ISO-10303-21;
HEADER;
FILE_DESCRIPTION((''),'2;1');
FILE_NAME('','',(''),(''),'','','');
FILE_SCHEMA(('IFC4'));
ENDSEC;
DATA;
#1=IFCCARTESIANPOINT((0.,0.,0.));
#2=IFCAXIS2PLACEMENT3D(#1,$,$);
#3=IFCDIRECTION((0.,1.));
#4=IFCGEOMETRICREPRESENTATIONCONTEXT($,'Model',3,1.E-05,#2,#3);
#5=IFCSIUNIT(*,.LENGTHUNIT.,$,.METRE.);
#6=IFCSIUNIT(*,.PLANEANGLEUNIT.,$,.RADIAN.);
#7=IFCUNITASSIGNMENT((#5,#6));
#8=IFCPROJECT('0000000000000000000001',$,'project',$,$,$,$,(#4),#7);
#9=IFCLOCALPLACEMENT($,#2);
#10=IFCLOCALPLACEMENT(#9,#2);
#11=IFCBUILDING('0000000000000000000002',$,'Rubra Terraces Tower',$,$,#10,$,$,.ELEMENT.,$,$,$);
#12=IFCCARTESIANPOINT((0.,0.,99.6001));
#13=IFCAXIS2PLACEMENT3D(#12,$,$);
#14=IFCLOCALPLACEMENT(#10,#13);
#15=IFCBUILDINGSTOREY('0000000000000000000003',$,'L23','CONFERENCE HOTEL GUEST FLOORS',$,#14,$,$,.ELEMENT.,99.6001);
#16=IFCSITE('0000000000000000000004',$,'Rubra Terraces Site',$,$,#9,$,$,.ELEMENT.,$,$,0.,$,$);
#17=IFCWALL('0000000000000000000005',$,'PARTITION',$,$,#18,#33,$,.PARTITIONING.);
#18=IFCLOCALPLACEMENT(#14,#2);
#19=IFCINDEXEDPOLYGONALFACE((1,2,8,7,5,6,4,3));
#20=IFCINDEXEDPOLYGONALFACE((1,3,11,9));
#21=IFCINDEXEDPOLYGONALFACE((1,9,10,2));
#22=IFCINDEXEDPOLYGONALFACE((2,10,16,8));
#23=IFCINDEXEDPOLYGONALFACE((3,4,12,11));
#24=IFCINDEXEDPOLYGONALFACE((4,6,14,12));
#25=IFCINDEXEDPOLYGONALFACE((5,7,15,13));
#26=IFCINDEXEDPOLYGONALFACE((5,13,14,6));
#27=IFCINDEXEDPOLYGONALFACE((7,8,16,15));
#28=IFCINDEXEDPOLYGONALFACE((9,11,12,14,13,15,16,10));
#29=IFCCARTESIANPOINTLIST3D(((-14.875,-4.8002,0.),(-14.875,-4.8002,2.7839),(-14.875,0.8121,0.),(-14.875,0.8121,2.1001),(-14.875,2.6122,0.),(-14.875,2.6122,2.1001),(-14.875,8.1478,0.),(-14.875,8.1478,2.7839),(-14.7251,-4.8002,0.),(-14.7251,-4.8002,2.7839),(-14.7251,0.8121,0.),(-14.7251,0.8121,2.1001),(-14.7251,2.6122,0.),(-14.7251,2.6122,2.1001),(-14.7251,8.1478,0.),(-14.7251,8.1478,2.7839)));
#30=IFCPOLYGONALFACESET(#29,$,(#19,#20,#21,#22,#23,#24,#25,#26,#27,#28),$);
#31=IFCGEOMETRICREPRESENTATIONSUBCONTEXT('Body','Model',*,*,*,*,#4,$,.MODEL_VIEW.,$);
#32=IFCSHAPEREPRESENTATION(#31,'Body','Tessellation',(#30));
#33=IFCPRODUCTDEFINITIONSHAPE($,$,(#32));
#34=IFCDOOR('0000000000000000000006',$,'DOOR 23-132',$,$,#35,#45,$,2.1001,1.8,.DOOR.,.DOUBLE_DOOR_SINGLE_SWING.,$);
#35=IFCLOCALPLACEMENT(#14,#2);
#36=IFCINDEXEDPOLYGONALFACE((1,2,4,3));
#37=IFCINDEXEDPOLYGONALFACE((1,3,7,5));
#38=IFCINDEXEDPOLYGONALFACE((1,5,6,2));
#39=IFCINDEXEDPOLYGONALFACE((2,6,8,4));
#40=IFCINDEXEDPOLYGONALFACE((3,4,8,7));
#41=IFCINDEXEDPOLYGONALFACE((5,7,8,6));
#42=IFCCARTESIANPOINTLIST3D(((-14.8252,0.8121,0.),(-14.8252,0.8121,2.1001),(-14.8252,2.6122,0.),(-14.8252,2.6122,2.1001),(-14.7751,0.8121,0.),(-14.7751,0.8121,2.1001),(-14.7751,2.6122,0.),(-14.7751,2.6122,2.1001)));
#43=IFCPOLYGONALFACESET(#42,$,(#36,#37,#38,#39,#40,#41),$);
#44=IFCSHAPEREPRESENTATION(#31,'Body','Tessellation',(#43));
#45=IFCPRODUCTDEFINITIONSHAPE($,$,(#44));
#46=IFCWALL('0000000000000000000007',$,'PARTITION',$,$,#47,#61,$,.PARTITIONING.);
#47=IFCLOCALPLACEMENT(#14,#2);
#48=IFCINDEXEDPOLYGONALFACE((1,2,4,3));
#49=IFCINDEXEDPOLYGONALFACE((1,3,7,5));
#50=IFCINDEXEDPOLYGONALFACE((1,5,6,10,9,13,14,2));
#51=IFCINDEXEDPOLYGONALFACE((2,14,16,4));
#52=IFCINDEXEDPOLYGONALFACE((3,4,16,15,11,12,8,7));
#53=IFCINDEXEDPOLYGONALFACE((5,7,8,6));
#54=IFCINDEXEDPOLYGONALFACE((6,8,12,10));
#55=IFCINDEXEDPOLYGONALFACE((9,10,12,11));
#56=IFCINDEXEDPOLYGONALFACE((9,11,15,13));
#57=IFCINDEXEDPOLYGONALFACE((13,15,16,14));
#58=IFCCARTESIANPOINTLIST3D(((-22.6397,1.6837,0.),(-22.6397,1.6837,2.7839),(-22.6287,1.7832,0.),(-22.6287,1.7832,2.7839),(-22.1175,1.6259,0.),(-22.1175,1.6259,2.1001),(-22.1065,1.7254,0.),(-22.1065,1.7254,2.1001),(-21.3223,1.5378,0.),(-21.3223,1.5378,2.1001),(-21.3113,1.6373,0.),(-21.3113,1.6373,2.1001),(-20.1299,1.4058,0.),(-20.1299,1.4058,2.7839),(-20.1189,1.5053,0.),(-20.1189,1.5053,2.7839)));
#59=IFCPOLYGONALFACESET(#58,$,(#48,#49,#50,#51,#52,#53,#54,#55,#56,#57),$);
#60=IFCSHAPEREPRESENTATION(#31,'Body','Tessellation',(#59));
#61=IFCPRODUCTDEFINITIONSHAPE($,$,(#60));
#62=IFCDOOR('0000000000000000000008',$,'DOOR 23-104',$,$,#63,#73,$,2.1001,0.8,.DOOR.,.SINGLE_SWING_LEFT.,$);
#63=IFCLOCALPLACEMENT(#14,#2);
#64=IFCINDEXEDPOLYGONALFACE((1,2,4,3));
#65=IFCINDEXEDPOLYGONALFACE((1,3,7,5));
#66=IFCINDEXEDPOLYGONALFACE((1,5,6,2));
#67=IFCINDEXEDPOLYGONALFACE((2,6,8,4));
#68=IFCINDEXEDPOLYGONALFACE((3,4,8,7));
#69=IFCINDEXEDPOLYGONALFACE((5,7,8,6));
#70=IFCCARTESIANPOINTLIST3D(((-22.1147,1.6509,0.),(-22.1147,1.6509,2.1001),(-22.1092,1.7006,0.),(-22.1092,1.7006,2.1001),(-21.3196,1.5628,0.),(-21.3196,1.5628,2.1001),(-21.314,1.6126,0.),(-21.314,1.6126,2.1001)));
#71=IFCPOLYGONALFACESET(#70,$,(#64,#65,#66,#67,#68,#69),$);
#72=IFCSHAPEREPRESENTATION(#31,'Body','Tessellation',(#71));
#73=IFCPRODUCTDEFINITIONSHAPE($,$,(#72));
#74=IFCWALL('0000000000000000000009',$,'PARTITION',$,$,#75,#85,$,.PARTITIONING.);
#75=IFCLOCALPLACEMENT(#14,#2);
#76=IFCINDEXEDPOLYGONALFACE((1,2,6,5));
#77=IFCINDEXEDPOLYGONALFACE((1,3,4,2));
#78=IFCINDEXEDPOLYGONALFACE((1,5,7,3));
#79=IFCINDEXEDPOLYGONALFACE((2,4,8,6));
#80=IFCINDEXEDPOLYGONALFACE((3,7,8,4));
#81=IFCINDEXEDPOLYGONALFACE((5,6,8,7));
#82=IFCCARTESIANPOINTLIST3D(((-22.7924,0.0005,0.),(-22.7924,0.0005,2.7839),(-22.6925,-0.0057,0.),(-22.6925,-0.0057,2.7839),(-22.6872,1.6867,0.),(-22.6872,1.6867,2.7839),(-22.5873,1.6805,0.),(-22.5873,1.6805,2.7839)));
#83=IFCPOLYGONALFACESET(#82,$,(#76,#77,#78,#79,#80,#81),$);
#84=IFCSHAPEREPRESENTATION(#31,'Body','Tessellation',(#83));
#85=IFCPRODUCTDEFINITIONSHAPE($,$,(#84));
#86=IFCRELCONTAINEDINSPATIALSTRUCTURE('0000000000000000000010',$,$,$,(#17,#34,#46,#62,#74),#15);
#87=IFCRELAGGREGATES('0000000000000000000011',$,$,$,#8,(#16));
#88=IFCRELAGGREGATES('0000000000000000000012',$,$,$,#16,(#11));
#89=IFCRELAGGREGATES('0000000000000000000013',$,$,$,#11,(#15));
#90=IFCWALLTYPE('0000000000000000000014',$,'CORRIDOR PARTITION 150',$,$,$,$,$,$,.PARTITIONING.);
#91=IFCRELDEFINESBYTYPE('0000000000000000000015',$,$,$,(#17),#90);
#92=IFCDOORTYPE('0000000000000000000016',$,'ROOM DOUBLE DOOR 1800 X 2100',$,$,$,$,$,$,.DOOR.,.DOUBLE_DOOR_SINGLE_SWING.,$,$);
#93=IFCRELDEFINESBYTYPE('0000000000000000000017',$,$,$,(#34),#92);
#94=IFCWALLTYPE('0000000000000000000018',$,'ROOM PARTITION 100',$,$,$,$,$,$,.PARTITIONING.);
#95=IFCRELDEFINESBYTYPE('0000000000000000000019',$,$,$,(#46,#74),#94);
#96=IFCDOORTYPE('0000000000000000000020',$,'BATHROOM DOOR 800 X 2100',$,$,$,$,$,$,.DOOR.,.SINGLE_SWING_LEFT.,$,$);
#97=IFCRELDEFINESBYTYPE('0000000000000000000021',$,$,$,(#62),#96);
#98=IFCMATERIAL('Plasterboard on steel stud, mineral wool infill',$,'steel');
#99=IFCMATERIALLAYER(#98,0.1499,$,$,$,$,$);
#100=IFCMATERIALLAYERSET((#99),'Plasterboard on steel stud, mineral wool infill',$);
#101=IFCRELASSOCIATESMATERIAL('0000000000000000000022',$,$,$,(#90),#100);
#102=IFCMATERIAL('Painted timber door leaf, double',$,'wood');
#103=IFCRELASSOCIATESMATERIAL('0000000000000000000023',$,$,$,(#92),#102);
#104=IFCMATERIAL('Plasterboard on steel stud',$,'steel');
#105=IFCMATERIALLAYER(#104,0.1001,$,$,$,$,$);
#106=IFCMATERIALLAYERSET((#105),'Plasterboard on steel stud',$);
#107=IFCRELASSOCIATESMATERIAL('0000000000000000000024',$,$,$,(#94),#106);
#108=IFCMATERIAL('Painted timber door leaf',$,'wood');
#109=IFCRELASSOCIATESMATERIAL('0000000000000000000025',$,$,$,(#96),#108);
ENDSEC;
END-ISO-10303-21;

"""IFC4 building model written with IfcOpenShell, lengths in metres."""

from ifc_helpers import new_model, si_unit, direction, frame, frame_2d, origin, place, context, subcontext, project, spatial, rectangle, extrude, material, layer, layer_set, type_object, element, fill, save


model = new_model("IFC4")

# Units and contexts
model_context = context("Model", 3, precision=1e-05, world=origin(), true_north=direction((0.0, 1.0)))
body_context = subcontext(model_context, "Body", "Model", "MODEL_VIEW")
ifc_project = project(units=[si_unit("LENGTHUNIT", "METRE"), si_unit("PLANEANGLEUNIT", "RADIAN")], contexts=[model_context])

# Site, building, storey
site_placement = place(None, origin())
site = spatial("IfcSite", under=ifc_project, at=site_placement, Name="Rubra Terraces Site", CompositionType="ELEMENT", RefElevation=0.0)
building_placement = place(site_placement, origin())
building = spatial("IfcBuilding", under=site, at=building_placement, Name="Rubra Terraces Tower", CompositionType="ELEMENT")
storey_placement = place(building_placement, frame((0.0, 0.0, 99.6001)))
storey = spatial("IfcBuildingStorey", under=building, at=storey_placement, Name="L23", Description="CONFERENCE HOTEL GUEST FLOORS", CompositionType="ELEMENT", Elevation=99.6001)

# Shared definitions
ifc_material_1 = material(Name="Plasterboard on steel stud, mineral wool infill", Category="steel")
ifc_layer_1 = layer(ifc_material_1, 0.1499)
ifc_layer_set_1 = layer_set([ifc_layer_1], Name="Plasterboard on steel stud, mineral wool infill")
wall_type_1 = type_object("IfcWallType", Name="CORRIDOR PARTITION 150", PredefinedType="PARTITIONING", material=ifc_layer_set_1)

# Walls, openings, doors
wall_1_placement = place(storey_placement, frame((-14.8, 8.1479, 0.0), z_axis=(0.0, 0.0, 1.0), x_axis=(0.0, -1.0, 0.0)))
wall_1 = element("IfcWall", 1, at=wall_1_placement, inside=storey, type_object=wall_type_1, Name="PARTITION", PredefinedType="PARTITIONING", context=body_context, shape_type="SweptSolid", body=[
    extrude(rectangle(XDim=12.948, YDim=0.1499, at=frame_2d((6.4741, 0.0))), origin(), (0.0, 0.0, 1.0), 2.7839),
])
opening_1_placement = place(wall_1_placement, frame((5.5359, 0.0, 0.0)))
opening_1 = element("IfcOpeningElement", 2, at=opening_1_placement, cuts=wall_1, PredefinedType="OPENING", context=body_context, shape_type="SweptSolid", body=[
    extrude(rectangle(XDim=1.8, YDim=2.1001, at=frame_2d((0.8999, 1.05))), frame((0.0, 0.085, 0.0), z_axis=(0.0, -1.0, 0.0), x_axis=(1.0, 0.0, 0.0)), (0.0, 0.0, 1.0), 0.1699),
])
ifc_material_2 = material(Name="Painted timber door leaf, double", Category="wood")
door_type_1 = type_object("IfcDoorType", Name="ROOM DOUBLE DOOR 1800 X 2100", OperationType="DOUBLE_DOOR_SINGLE_SWING", PredefinedType="DOOR", material=ifc_material_2)
door_1_placement = place(opening_1_placement, origin())
door_1 = element("IfcDoor", 3, at=door_1_placement, inside=storey, type_object=door_type_1, Name="DOOR 23-132", OperationType="DOUBLE_DOOR_SINGLE_SWING", OverallHeight=2.1001, OverallWidth=1.8, PredefinedType="DOOR", context=body_context, shape_type="SweptSolid", body=[
    extrude(rectangle(XDim=1.8, YDim=2.1001, at=frame_2d((0.8999, 1.05))), frame((0.0, 0.0249, 0.0), z_axis=(0.0, -1.0, 0.0), x_axis=(1.0, 0.0, 0.0)), (0.0, 0.0, 1.0), 0.05),
])
fill(opening_1, door_1)
ifc_material_3 = material(Name="Plasterboard on steel stud", Category="steel")
ifc_layer_2 = layer(ifc_material_3, 0.1001)
ifc_layer_set_2 = layer_set([ifc_layer_2], Name="Plasterboard on steel stud")
wall_type_2 = type_object("IfcWallType", Name="ROOM PARTITION 100", PredefinedType="PARTITIONING", material=ifc_layer_set_2)
wall_2_placement = place(storey_placement, frame((-20.1243, 1.4556, 0.0), z_axis=(0.0, 0.0, 1.0), x_axis=(-0.993928, 0.110028, 0.0)))
wall_2 = element("IfcWall", 4, at=wall_2_placement, inside=storey, type_object=wall_type_2, Name="PARTITION", PredefinedType="PARTITIONING", context=body_context, shape_type="SweptSolid", body=[
    extrude(rectangle(XDim=2.5251, YDim=0.1001, at=frame_2d((1.2627, 0.0))), origin(), (0.0, 0.0, 1.0), 2.7839),
])
opening_2_placement = place(wall_2_placement, frame((1.2, 0.0, 0.0)))
opening_2 = element("IfcOpeningElement", 5, at=opening_2_placement, cuts=wall_2, PredefinedType="OPENING", context=body_context, shape_type="SweptSolid", body=[
    extrude(rectangle(XDim=0.8, YDim=2.1001, at=frame_2d((0.3999, 1.05))), frame((0.0, 0.0601, 0.0), z_axis=(0.0, -1.0, 0.0), x_axis=(1.0, 0.0, 0.0)), (0.0, 0.0, 1.0), 0.1201),
])
ifc_material_4 = material(Name="Painted timber door leaf", Category="wood")
door_type_2 = type_object("IfcDoorType", Name="BATHROOM DOOR 800 X 2100", OperationType="SINGLE_SWING_LEFT", PredefinedType="DOOR", material=ifc_material_4)
door_2_placement = place(opening_2_placement, origin())
door_2 = element("IfcDoor", 6, at=door_2_placement, inside=storey, type_object=door_type_2, Name="DOOR 23-104", OperationType="SINGLE_SWING_LEFT", OverallHeight=2.1001, OverallWidth=0.8, PredefinedType="DOOR", context=body_context, shape_type="SweptSolid", body=[
    extrude(rectangle(XDim=0.8, YDim=2.1001, at=frame_2d((0.3999, 1.05))), frame((0.0, 0.0249, 0.0), z_axis=(0.0, -1.0, 0.0), x_axis=(1.0, 0.0, 0.0)), (0.0, 0.0, 1.0), 0.05),
])
fill(opening_2, door_2)

# Wall
wall_3_placement = place(storey_placement, frame((-22.6372, 1.6836, 0.0), z_axis=(0.0, 0.0, 1.0), x_axis=(-0.062279, -0.998059, 0.0)))
element("IfcWall", 7, at=wall_3_placement, inside=storey, type_object=wall_type_2, Name="PARTITION", PredefinedType="PARTITIONING", context=body_context, shape_type="SweptSolid", body=[
    extrude(rectangle(XDim=1.6895, YDim=0.1001, at=frame_2d((0.8447, 0.0))), origin(), (0.0, 0.0, 1.0), 2.7839),
])

save(model, "model.ifc")
